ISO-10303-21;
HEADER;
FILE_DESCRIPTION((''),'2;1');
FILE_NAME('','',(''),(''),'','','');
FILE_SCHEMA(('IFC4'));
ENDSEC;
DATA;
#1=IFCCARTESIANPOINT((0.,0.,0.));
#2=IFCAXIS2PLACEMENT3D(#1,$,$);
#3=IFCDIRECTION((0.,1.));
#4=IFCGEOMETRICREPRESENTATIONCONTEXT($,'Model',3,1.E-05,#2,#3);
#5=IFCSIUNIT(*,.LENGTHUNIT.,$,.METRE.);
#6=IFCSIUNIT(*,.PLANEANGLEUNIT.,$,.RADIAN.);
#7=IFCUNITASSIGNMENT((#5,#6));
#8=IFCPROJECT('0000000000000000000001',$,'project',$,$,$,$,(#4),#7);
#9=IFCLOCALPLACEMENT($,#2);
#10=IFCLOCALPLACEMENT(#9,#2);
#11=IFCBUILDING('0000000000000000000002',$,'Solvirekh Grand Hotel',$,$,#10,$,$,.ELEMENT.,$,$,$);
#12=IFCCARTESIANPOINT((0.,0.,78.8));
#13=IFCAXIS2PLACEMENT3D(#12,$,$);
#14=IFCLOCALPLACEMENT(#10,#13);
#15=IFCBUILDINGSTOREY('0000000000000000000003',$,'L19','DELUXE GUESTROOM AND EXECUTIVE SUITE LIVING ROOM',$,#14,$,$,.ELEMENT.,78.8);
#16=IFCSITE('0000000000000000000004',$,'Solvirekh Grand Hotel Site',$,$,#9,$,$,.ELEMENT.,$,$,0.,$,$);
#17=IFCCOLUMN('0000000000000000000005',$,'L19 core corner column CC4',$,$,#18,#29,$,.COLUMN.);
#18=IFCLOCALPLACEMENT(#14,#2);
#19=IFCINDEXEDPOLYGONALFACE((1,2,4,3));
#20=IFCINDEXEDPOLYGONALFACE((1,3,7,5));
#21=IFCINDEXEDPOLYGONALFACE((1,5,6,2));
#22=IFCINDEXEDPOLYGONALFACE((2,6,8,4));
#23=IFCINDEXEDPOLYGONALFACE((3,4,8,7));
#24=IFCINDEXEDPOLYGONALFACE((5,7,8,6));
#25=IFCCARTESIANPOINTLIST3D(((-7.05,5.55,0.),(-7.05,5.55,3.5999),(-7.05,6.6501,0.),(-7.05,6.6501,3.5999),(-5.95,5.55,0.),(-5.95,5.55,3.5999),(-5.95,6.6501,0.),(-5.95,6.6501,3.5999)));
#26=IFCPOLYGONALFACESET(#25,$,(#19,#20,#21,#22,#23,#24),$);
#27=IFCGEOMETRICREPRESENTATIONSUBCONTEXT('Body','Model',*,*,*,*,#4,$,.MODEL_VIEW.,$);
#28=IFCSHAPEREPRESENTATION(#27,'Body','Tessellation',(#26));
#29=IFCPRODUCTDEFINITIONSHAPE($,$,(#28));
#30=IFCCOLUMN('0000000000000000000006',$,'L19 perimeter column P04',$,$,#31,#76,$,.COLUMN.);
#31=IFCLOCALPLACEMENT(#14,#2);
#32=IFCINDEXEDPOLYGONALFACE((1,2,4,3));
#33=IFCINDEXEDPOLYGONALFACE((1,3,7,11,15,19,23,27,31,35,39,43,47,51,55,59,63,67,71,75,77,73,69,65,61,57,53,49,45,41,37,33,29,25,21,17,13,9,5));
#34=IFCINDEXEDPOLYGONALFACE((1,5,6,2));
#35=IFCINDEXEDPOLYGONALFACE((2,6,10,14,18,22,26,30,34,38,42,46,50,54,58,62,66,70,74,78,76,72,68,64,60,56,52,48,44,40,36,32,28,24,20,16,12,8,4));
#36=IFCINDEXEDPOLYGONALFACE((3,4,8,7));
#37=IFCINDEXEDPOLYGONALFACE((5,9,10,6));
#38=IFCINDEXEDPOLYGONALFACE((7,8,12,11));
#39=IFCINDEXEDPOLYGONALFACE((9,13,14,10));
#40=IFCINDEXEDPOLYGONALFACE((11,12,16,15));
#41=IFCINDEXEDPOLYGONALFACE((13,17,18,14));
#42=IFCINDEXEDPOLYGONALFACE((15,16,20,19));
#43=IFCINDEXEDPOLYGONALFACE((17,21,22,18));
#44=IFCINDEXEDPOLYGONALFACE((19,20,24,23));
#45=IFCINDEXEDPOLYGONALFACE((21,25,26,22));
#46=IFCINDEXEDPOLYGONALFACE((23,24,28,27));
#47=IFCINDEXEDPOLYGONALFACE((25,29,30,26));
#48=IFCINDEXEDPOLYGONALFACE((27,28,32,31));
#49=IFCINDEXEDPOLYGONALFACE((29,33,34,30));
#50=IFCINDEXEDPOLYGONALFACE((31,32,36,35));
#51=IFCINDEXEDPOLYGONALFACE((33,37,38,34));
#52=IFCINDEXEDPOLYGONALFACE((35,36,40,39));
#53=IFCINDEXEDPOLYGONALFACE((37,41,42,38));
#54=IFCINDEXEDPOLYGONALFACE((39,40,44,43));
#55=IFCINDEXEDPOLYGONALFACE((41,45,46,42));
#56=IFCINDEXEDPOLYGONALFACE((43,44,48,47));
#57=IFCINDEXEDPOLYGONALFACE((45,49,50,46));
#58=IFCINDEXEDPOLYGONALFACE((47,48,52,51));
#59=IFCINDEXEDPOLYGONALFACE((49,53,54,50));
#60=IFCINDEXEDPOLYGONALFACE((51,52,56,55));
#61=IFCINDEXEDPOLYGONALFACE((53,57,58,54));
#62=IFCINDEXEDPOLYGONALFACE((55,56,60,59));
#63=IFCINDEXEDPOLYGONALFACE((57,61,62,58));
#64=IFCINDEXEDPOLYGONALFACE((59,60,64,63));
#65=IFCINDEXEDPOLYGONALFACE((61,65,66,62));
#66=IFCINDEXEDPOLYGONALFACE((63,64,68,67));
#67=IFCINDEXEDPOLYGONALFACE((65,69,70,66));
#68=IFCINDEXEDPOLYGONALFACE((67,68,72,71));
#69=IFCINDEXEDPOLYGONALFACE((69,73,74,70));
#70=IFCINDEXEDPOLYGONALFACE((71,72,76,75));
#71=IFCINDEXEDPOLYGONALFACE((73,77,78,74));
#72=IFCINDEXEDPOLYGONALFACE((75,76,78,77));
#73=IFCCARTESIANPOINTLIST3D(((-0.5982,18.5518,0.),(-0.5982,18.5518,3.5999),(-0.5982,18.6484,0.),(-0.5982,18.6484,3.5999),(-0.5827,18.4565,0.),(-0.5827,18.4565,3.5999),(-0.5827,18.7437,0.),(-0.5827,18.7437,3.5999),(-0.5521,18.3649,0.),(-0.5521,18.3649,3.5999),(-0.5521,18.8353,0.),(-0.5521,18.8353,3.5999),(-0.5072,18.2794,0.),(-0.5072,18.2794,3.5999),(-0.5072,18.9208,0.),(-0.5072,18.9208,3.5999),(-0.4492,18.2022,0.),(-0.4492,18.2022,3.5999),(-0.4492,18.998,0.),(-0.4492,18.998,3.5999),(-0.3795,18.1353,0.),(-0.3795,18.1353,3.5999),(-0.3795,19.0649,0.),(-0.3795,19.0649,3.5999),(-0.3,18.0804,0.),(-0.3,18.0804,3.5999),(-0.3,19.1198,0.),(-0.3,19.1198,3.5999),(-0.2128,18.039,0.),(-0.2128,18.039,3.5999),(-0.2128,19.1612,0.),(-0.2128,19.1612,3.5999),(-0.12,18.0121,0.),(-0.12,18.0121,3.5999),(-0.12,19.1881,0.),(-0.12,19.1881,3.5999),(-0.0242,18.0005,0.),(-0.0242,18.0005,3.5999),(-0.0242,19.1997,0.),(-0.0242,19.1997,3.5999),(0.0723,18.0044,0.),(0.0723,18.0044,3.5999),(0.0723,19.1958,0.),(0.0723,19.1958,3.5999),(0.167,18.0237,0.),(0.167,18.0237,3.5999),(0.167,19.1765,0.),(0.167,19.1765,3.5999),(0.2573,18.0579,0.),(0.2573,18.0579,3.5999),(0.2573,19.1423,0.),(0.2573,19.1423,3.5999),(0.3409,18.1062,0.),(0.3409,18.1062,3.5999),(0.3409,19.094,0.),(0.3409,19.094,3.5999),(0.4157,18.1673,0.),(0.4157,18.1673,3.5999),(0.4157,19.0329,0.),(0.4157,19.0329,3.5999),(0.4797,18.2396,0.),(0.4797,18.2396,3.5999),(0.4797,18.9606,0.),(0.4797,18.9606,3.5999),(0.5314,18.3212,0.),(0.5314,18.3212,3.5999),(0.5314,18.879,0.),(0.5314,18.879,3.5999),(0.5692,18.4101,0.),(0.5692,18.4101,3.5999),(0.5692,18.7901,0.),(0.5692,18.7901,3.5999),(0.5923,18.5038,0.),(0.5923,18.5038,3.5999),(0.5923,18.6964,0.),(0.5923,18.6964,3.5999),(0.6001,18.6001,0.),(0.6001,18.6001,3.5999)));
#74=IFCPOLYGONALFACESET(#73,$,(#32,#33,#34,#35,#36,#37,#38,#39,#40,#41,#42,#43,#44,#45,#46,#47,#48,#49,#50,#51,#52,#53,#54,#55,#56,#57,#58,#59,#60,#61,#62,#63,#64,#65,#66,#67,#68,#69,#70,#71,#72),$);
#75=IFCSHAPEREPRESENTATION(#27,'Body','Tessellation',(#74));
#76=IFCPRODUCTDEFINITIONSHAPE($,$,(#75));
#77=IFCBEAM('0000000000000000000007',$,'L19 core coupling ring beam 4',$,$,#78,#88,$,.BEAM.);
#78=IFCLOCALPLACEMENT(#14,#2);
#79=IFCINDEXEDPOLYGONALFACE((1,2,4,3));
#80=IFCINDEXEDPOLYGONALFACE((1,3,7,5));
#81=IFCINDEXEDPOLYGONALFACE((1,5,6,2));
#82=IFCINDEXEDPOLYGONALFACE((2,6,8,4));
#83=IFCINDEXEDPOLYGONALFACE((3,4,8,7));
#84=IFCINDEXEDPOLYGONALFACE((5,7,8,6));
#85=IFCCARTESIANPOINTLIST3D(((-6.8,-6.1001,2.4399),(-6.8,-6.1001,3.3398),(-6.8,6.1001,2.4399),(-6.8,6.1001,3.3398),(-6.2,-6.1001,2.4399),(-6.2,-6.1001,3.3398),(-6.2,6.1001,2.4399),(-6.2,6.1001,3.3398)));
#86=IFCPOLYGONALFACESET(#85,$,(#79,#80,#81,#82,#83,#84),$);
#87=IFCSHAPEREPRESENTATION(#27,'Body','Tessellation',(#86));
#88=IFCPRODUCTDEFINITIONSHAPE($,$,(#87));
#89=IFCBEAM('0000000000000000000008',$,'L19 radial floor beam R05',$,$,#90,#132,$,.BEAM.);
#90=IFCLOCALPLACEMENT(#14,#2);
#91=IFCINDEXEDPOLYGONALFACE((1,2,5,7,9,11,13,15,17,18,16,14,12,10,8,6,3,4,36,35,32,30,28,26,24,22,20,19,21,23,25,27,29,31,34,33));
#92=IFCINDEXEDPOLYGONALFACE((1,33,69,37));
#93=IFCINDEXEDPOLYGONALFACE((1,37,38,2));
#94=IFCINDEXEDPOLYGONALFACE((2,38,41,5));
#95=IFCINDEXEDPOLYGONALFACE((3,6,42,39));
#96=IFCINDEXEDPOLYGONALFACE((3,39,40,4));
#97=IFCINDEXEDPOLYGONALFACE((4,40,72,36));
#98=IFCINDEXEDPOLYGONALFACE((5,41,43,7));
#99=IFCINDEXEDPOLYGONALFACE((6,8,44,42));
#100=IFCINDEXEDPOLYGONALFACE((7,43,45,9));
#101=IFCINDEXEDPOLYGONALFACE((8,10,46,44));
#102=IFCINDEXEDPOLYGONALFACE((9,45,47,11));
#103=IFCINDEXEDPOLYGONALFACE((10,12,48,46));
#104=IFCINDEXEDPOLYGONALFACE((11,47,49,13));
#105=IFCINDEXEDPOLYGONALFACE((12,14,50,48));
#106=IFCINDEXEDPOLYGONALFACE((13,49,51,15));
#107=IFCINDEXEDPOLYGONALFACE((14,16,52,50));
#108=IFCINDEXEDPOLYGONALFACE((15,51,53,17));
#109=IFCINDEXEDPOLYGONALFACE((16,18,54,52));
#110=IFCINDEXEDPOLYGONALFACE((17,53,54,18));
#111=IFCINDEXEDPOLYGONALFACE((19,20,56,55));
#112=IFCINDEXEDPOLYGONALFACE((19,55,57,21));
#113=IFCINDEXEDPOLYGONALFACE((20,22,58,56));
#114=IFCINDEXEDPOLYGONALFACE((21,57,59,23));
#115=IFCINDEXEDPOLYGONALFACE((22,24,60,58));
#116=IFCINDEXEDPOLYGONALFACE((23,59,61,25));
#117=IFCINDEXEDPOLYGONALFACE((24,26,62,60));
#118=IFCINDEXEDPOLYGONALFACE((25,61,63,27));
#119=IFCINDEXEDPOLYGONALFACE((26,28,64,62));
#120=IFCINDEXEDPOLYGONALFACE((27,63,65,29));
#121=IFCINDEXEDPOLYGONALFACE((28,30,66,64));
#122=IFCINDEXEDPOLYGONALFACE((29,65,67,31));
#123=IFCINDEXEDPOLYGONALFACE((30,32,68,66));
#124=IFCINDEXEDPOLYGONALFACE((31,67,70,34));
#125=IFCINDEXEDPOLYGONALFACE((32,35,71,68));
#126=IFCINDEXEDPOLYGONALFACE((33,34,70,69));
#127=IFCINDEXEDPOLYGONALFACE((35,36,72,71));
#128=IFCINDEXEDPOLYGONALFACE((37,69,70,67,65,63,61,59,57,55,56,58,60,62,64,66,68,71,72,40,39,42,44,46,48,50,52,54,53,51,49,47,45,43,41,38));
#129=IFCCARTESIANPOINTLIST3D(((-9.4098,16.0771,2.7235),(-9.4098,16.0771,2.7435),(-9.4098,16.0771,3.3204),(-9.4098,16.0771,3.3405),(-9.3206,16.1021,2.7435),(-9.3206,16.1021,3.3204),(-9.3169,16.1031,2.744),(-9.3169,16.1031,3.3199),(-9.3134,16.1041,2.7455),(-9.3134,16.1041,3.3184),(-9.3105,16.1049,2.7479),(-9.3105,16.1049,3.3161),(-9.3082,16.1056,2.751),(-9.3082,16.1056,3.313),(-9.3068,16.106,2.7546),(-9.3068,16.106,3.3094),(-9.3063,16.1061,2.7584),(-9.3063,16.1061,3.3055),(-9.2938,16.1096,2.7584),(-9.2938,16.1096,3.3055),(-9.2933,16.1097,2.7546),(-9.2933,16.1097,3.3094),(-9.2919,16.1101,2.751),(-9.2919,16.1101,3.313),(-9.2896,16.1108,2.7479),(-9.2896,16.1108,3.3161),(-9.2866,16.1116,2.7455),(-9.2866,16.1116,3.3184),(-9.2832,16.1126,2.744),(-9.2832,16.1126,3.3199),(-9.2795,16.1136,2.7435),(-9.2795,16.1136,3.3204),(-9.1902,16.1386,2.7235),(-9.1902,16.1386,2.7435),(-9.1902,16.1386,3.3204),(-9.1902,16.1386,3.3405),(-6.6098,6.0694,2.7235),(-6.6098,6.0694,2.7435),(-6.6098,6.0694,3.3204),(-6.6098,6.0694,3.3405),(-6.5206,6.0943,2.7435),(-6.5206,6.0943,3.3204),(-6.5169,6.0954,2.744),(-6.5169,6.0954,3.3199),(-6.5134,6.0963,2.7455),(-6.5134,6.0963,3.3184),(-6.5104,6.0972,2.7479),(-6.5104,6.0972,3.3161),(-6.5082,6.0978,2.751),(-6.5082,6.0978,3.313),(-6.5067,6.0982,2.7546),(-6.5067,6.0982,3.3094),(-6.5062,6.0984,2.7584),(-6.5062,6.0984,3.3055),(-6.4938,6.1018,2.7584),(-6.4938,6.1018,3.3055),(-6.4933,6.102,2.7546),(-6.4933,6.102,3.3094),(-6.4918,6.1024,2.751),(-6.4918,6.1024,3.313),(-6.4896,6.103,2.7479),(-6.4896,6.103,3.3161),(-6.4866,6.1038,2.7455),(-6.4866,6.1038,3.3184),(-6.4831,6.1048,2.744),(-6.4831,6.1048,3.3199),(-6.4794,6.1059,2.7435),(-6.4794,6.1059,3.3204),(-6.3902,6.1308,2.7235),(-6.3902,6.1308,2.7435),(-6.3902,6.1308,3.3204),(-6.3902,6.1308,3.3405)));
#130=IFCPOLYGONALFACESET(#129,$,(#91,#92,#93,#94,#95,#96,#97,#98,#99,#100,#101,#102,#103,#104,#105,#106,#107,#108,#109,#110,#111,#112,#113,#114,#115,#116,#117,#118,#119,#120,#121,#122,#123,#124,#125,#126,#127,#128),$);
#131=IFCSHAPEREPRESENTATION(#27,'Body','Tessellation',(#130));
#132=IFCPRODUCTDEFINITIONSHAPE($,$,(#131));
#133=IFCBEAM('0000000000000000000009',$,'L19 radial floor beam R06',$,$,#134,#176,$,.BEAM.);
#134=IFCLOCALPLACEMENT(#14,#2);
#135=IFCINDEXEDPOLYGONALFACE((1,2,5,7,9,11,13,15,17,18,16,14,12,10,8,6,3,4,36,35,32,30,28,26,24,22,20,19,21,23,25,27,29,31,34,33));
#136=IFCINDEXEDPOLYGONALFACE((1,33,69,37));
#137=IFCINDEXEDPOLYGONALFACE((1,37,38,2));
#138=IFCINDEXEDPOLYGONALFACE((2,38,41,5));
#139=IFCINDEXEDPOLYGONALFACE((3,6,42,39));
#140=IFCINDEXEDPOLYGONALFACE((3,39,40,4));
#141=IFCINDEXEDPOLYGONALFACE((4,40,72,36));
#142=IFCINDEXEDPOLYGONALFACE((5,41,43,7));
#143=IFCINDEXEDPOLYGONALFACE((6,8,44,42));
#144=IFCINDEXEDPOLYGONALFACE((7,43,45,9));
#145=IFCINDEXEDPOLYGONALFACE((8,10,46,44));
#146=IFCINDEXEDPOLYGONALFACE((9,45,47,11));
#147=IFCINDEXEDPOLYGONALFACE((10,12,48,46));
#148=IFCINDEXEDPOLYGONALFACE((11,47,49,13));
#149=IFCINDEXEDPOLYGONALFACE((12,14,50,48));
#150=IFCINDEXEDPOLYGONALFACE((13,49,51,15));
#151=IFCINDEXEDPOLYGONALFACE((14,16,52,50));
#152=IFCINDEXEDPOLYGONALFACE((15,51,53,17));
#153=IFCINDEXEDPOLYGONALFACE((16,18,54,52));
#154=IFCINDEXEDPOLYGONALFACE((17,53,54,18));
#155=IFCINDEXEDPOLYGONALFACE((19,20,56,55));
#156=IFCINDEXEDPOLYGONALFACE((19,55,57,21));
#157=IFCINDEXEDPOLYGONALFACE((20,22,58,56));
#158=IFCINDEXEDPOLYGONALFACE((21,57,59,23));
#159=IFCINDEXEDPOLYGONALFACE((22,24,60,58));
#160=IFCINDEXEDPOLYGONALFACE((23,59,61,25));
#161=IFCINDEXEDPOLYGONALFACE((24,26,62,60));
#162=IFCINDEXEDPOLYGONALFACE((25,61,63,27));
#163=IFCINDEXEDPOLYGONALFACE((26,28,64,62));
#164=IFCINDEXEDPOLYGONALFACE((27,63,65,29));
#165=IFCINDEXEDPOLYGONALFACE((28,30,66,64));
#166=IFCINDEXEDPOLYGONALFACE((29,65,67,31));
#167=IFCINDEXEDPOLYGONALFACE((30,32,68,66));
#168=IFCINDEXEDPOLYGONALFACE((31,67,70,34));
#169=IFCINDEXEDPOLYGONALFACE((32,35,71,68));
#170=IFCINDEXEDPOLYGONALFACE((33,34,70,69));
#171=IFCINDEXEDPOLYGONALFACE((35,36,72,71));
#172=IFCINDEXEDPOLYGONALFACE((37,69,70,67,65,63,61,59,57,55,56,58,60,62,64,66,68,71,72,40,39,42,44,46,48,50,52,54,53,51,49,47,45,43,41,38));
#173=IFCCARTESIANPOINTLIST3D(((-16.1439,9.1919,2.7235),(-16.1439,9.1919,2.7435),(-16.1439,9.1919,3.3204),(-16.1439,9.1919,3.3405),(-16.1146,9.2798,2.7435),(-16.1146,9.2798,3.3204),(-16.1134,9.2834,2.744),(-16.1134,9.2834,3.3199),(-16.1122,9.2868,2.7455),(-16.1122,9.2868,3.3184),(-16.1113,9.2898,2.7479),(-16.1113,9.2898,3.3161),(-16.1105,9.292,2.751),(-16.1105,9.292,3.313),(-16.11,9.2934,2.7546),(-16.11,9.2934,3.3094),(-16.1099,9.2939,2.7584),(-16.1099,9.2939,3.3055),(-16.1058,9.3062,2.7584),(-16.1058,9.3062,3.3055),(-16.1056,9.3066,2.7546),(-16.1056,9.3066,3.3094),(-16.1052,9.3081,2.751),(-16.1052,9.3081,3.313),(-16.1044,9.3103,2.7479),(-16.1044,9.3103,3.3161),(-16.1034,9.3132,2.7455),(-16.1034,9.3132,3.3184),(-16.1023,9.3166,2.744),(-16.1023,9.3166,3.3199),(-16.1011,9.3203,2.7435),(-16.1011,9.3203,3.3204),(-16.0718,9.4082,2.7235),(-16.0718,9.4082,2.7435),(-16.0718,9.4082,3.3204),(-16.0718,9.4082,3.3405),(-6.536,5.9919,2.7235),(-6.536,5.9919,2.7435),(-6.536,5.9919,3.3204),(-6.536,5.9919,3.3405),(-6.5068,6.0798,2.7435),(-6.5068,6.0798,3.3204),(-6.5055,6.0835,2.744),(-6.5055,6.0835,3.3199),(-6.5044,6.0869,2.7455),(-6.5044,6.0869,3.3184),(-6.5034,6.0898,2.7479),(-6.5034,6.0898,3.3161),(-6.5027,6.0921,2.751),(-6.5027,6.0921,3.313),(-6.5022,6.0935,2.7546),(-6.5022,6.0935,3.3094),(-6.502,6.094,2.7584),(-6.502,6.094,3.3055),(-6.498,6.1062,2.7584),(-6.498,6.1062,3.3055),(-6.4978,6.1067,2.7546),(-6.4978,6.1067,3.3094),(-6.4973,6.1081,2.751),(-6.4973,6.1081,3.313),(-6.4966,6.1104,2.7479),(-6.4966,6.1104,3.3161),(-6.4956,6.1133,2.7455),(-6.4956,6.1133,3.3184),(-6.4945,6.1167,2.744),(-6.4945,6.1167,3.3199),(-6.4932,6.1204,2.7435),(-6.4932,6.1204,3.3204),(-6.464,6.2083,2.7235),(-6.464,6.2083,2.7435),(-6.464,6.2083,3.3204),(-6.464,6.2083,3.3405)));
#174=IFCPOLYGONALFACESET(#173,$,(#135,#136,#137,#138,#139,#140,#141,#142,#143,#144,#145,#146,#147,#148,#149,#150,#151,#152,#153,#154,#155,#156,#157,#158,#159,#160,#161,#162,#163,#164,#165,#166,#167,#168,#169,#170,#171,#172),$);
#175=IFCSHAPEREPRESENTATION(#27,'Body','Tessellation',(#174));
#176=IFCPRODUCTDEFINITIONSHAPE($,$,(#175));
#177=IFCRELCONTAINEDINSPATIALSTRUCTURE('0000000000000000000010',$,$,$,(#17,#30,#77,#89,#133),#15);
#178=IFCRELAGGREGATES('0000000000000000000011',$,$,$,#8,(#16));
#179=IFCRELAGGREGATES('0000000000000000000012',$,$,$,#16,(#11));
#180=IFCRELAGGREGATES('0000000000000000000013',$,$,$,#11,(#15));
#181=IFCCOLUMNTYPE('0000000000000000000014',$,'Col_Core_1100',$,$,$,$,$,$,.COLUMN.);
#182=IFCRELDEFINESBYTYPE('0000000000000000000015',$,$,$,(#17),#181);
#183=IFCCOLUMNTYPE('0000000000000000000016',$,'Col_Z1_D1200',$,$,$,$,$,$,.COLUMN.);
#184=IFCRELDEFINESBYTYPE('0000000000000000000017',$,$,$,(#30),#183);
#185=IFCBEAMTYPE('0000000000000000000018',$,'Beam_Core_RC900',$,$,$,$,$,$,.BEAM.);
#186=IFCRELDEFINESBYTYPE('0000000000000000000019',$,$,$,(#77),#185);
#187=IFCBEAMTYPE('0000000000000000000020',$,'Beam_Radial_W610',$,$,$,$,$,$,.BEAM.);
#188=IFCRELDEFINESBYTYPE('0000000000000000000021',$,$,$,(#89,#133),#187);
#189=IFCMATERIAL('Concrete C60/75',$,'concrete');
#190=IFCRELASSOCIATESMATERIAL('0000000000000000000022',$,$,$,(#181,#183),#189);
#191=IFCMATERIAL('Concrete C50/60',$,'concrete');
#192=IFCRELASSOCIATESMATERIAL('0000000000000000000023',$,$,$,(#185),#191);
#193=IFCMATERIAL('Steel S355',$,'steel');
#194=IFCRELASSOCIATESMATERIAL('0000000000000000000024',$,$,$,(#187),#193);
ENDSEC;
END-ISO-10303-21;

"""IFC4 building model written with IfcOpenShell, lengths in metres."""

from ifc_helpers import new_model, si_unit, direction, frame, origin, origin_2d, place, context, subcontext, project, spatial, rectangle, circle, i_section, extrude, material, material_profile, profile_set, type_object, element, save


model = new_model("IFC4")

# Units and contexts
model_context = context("Model", 3, precision=1e-05, world=origin(), true_north=direction((0.0, 1.0)))
body_context = subcontext(model_context, "Body", "Model", "MODEL_VIEW")
ifc_project = project(units=[si_unit("LENGTHUNIT", "METRE"), si_unit("PLANEANGLEUNIT", "RADIAN")], contexts=[model_context])

# Site, building, storey
site_placement = place(None, origin())
site = spatial("IfcSite", under=ifc_project, at=site_placement, Name="Solvirekh Grand Hotel Site", CompositionType="ELEMENT", RefElevation=0.0)
building_placement = place(site_placement, origin())
building = spatial("IfcBuilding", under=site, at=building_placement, Name="Solvirekh Grand Hotel", CompositionType="ELEMENT")
storey_placement = place(building_placement, frame((0.0, 0.0, 78.8)))
storey = spatial("IfcBuildingStorey", under=building, at=storey_placement, Name="L19", Description="DELUXE GUESTROOM AND EXECUTIVE SUITE LIVING ROOM", CompositionType="ELEMENT", Elevation=78.8)

# Columns
ifc_material_1 = material(Name="Concrete C60/75", Category="concrete")
ifc_material_profile_1 = material_profile(ifc_material_1, rectangle(XDim=1.1001, YDim=1.1001, at=origin_2d()), Name="RC 1100X1100")
ifc_profile_set_1 = profile_set([ifc_material_profile_1], Name="Concrete C60/75")
column_type_1 = type_object("IfcColumnType", Name="Col_Core_1100", PredefinedType="COLUMN", material=ifc_profile_set_1)
column_1_placement = place(storey_placement, frame((-6.5, 6.1001, 0.0), z_axis=(0.0, 0.0, 1.0), x_axis=(1.0, 0.0, 0.0)))
element("IfcColumn", 1, at=column_1_placement, inside=storey, type_object=column_type_1, Name="L19 core corner column CC4", PredefinedType="COLUMN", context=body_context, shape_type="SweptSolid", body=[
    extrude(rectangle(XDim=1.1001, YDim=1.1001, at=origin_2d()), origin(), (0.0, 0.0, 1.0), 3.5999),
])
ifc_material_profile_2 = material_profile(ifc_material_1, circle(Radius=0.6001, at=origin_2d()), Name="RC CIRC D1200")
ifc_profile_set_2 = profile_set([ifc_material_profile_2], Name="Concrete C60/75")
column_type_2 = type_object("IfcColumnType", Name="Col_Z1_D1200", PredefinedType="COLUMN", material=ifc_profile_set_2)
column_2_placement = place(storey_placement, frame((0.0, 18.6001, 0.0), z_axis=(0.0, 0.0, 1.0), x_axis=(1.0, 0.0, 0.0)))
element("IfcColumn", 2, at=column_2_placement, inside=storey, type_object=column_type_2, Name="L19 perimeter column P04", PredefinedType="COLUMN", context=body_context, shape_type="SweptSolid", body=[
    extrude(circle(Radius=0.6001, at=origin_2d()), origin(), (0.0, 0.0, 1.0), 3.5999),
])

# Beams
ifc_material_2 = material(Name="Concrete C50/60", Category="concrete")
ifc_material_profile_3 = material_profile(ifc_material_2, rectangle(XDim=0.6001, YDim=0.8999, at=origin_2d()), Name="RC BEAM 600X900")
ifc_profile_set_3 = profile_set([ifc_material_profile_3], Name="Concrete C50/60")
beam_type_1 = type_object("IfcBeamType", Name="Beam_Core_RC900", PredefinedType="BEAM", material=ifc_profile_set_3)
beam_1_placement = place(storey_placement, frame((-6.5, 6.1001, 2.8899), z_axis=(0.0, -1.0, 0.0), x_axis=(1.0, 0.0, 0.0)))
element("IfcBeam", 3, at=beam_1_placement, inside=storey, type_object=beam_type_1, Name="L19 core coupling ring beam 4", PredefinedType="BEAM", context=body_context, shape_type="SweptSolid", body=[
    extrude(rectangle(XDim=0.6001, YDim=0.8999, at=origin_2d()), origin(), (0.0, 0.0, 1.0), 12.2002),
])
ifc_material_3 = material(Name="Steel S355", Category="steel")
ifc_material_profile_4 = material_profile(ifc_material_3, i_section(OverallWidth=0.228, OverallDepth=0.6169, WebThickness=0.0129, FlangeThickness=0.02, FilletRadius=0.0149, at=origin_2d()), Name="W610X140")
ifc_profile_set_4 = profile_set([ifc_material_profile_4], Name="Steel S355")
beam_type_2 = type_object("IfcBeamType", Name="Beam_Radial_W610", PredefinedType="BEAM", material=ifc_profile_set_4)
beam_2_placement = place(storey_placement, frame((-6.5, 6.1001, 3.032), z_axis=(-0.269439, 0.963017, 0.0), x_axis=(-0.963017, -0.269439, 0.0)))
element("IfcBeam", 4, at=beam_2_placement, inside=storey, type_object=beam_type_2, Name="L19 radial floor beam R05", PredefinedType="BEAM", context=body_context, shape_type="SweptSolid", body=[
    extrude(i_section(OverallWidth=0.228, OverallDepth=0.6169, WebThickness=0.0129, FlangeThickness=0.02, FilletRadius=0.0149, at=origin_2d()), origin(), (0.0, 0.0, 1.0), 10.3921),
])
beam_3_placement = place(storey_placement, frame((-6.5, 6.1001, 3.032), z_axis=(-0.948763, 0.315989, 0.0), x_axis=(-0.315989, -0.948763, 0.0)))
element("IfcBeam", 5, at=beam_3_placement, inside=storey, type_object=beam_type_2, Name="L19 radial floor beam R06", PredefinedType="BEAM", context=body_context, shape_type="SweptSolid", body=[
    extrude(i_section(OverallWidth=0.228, OverallDepth=0.6169, WebThickness=0.0129, FlangeThickness=0.02, FilletRadius=0.0149, at=origin_2d()), origin(), (0.0, 0.0, 1.0), 10.1267),
])

save(model, "model.ifc")
